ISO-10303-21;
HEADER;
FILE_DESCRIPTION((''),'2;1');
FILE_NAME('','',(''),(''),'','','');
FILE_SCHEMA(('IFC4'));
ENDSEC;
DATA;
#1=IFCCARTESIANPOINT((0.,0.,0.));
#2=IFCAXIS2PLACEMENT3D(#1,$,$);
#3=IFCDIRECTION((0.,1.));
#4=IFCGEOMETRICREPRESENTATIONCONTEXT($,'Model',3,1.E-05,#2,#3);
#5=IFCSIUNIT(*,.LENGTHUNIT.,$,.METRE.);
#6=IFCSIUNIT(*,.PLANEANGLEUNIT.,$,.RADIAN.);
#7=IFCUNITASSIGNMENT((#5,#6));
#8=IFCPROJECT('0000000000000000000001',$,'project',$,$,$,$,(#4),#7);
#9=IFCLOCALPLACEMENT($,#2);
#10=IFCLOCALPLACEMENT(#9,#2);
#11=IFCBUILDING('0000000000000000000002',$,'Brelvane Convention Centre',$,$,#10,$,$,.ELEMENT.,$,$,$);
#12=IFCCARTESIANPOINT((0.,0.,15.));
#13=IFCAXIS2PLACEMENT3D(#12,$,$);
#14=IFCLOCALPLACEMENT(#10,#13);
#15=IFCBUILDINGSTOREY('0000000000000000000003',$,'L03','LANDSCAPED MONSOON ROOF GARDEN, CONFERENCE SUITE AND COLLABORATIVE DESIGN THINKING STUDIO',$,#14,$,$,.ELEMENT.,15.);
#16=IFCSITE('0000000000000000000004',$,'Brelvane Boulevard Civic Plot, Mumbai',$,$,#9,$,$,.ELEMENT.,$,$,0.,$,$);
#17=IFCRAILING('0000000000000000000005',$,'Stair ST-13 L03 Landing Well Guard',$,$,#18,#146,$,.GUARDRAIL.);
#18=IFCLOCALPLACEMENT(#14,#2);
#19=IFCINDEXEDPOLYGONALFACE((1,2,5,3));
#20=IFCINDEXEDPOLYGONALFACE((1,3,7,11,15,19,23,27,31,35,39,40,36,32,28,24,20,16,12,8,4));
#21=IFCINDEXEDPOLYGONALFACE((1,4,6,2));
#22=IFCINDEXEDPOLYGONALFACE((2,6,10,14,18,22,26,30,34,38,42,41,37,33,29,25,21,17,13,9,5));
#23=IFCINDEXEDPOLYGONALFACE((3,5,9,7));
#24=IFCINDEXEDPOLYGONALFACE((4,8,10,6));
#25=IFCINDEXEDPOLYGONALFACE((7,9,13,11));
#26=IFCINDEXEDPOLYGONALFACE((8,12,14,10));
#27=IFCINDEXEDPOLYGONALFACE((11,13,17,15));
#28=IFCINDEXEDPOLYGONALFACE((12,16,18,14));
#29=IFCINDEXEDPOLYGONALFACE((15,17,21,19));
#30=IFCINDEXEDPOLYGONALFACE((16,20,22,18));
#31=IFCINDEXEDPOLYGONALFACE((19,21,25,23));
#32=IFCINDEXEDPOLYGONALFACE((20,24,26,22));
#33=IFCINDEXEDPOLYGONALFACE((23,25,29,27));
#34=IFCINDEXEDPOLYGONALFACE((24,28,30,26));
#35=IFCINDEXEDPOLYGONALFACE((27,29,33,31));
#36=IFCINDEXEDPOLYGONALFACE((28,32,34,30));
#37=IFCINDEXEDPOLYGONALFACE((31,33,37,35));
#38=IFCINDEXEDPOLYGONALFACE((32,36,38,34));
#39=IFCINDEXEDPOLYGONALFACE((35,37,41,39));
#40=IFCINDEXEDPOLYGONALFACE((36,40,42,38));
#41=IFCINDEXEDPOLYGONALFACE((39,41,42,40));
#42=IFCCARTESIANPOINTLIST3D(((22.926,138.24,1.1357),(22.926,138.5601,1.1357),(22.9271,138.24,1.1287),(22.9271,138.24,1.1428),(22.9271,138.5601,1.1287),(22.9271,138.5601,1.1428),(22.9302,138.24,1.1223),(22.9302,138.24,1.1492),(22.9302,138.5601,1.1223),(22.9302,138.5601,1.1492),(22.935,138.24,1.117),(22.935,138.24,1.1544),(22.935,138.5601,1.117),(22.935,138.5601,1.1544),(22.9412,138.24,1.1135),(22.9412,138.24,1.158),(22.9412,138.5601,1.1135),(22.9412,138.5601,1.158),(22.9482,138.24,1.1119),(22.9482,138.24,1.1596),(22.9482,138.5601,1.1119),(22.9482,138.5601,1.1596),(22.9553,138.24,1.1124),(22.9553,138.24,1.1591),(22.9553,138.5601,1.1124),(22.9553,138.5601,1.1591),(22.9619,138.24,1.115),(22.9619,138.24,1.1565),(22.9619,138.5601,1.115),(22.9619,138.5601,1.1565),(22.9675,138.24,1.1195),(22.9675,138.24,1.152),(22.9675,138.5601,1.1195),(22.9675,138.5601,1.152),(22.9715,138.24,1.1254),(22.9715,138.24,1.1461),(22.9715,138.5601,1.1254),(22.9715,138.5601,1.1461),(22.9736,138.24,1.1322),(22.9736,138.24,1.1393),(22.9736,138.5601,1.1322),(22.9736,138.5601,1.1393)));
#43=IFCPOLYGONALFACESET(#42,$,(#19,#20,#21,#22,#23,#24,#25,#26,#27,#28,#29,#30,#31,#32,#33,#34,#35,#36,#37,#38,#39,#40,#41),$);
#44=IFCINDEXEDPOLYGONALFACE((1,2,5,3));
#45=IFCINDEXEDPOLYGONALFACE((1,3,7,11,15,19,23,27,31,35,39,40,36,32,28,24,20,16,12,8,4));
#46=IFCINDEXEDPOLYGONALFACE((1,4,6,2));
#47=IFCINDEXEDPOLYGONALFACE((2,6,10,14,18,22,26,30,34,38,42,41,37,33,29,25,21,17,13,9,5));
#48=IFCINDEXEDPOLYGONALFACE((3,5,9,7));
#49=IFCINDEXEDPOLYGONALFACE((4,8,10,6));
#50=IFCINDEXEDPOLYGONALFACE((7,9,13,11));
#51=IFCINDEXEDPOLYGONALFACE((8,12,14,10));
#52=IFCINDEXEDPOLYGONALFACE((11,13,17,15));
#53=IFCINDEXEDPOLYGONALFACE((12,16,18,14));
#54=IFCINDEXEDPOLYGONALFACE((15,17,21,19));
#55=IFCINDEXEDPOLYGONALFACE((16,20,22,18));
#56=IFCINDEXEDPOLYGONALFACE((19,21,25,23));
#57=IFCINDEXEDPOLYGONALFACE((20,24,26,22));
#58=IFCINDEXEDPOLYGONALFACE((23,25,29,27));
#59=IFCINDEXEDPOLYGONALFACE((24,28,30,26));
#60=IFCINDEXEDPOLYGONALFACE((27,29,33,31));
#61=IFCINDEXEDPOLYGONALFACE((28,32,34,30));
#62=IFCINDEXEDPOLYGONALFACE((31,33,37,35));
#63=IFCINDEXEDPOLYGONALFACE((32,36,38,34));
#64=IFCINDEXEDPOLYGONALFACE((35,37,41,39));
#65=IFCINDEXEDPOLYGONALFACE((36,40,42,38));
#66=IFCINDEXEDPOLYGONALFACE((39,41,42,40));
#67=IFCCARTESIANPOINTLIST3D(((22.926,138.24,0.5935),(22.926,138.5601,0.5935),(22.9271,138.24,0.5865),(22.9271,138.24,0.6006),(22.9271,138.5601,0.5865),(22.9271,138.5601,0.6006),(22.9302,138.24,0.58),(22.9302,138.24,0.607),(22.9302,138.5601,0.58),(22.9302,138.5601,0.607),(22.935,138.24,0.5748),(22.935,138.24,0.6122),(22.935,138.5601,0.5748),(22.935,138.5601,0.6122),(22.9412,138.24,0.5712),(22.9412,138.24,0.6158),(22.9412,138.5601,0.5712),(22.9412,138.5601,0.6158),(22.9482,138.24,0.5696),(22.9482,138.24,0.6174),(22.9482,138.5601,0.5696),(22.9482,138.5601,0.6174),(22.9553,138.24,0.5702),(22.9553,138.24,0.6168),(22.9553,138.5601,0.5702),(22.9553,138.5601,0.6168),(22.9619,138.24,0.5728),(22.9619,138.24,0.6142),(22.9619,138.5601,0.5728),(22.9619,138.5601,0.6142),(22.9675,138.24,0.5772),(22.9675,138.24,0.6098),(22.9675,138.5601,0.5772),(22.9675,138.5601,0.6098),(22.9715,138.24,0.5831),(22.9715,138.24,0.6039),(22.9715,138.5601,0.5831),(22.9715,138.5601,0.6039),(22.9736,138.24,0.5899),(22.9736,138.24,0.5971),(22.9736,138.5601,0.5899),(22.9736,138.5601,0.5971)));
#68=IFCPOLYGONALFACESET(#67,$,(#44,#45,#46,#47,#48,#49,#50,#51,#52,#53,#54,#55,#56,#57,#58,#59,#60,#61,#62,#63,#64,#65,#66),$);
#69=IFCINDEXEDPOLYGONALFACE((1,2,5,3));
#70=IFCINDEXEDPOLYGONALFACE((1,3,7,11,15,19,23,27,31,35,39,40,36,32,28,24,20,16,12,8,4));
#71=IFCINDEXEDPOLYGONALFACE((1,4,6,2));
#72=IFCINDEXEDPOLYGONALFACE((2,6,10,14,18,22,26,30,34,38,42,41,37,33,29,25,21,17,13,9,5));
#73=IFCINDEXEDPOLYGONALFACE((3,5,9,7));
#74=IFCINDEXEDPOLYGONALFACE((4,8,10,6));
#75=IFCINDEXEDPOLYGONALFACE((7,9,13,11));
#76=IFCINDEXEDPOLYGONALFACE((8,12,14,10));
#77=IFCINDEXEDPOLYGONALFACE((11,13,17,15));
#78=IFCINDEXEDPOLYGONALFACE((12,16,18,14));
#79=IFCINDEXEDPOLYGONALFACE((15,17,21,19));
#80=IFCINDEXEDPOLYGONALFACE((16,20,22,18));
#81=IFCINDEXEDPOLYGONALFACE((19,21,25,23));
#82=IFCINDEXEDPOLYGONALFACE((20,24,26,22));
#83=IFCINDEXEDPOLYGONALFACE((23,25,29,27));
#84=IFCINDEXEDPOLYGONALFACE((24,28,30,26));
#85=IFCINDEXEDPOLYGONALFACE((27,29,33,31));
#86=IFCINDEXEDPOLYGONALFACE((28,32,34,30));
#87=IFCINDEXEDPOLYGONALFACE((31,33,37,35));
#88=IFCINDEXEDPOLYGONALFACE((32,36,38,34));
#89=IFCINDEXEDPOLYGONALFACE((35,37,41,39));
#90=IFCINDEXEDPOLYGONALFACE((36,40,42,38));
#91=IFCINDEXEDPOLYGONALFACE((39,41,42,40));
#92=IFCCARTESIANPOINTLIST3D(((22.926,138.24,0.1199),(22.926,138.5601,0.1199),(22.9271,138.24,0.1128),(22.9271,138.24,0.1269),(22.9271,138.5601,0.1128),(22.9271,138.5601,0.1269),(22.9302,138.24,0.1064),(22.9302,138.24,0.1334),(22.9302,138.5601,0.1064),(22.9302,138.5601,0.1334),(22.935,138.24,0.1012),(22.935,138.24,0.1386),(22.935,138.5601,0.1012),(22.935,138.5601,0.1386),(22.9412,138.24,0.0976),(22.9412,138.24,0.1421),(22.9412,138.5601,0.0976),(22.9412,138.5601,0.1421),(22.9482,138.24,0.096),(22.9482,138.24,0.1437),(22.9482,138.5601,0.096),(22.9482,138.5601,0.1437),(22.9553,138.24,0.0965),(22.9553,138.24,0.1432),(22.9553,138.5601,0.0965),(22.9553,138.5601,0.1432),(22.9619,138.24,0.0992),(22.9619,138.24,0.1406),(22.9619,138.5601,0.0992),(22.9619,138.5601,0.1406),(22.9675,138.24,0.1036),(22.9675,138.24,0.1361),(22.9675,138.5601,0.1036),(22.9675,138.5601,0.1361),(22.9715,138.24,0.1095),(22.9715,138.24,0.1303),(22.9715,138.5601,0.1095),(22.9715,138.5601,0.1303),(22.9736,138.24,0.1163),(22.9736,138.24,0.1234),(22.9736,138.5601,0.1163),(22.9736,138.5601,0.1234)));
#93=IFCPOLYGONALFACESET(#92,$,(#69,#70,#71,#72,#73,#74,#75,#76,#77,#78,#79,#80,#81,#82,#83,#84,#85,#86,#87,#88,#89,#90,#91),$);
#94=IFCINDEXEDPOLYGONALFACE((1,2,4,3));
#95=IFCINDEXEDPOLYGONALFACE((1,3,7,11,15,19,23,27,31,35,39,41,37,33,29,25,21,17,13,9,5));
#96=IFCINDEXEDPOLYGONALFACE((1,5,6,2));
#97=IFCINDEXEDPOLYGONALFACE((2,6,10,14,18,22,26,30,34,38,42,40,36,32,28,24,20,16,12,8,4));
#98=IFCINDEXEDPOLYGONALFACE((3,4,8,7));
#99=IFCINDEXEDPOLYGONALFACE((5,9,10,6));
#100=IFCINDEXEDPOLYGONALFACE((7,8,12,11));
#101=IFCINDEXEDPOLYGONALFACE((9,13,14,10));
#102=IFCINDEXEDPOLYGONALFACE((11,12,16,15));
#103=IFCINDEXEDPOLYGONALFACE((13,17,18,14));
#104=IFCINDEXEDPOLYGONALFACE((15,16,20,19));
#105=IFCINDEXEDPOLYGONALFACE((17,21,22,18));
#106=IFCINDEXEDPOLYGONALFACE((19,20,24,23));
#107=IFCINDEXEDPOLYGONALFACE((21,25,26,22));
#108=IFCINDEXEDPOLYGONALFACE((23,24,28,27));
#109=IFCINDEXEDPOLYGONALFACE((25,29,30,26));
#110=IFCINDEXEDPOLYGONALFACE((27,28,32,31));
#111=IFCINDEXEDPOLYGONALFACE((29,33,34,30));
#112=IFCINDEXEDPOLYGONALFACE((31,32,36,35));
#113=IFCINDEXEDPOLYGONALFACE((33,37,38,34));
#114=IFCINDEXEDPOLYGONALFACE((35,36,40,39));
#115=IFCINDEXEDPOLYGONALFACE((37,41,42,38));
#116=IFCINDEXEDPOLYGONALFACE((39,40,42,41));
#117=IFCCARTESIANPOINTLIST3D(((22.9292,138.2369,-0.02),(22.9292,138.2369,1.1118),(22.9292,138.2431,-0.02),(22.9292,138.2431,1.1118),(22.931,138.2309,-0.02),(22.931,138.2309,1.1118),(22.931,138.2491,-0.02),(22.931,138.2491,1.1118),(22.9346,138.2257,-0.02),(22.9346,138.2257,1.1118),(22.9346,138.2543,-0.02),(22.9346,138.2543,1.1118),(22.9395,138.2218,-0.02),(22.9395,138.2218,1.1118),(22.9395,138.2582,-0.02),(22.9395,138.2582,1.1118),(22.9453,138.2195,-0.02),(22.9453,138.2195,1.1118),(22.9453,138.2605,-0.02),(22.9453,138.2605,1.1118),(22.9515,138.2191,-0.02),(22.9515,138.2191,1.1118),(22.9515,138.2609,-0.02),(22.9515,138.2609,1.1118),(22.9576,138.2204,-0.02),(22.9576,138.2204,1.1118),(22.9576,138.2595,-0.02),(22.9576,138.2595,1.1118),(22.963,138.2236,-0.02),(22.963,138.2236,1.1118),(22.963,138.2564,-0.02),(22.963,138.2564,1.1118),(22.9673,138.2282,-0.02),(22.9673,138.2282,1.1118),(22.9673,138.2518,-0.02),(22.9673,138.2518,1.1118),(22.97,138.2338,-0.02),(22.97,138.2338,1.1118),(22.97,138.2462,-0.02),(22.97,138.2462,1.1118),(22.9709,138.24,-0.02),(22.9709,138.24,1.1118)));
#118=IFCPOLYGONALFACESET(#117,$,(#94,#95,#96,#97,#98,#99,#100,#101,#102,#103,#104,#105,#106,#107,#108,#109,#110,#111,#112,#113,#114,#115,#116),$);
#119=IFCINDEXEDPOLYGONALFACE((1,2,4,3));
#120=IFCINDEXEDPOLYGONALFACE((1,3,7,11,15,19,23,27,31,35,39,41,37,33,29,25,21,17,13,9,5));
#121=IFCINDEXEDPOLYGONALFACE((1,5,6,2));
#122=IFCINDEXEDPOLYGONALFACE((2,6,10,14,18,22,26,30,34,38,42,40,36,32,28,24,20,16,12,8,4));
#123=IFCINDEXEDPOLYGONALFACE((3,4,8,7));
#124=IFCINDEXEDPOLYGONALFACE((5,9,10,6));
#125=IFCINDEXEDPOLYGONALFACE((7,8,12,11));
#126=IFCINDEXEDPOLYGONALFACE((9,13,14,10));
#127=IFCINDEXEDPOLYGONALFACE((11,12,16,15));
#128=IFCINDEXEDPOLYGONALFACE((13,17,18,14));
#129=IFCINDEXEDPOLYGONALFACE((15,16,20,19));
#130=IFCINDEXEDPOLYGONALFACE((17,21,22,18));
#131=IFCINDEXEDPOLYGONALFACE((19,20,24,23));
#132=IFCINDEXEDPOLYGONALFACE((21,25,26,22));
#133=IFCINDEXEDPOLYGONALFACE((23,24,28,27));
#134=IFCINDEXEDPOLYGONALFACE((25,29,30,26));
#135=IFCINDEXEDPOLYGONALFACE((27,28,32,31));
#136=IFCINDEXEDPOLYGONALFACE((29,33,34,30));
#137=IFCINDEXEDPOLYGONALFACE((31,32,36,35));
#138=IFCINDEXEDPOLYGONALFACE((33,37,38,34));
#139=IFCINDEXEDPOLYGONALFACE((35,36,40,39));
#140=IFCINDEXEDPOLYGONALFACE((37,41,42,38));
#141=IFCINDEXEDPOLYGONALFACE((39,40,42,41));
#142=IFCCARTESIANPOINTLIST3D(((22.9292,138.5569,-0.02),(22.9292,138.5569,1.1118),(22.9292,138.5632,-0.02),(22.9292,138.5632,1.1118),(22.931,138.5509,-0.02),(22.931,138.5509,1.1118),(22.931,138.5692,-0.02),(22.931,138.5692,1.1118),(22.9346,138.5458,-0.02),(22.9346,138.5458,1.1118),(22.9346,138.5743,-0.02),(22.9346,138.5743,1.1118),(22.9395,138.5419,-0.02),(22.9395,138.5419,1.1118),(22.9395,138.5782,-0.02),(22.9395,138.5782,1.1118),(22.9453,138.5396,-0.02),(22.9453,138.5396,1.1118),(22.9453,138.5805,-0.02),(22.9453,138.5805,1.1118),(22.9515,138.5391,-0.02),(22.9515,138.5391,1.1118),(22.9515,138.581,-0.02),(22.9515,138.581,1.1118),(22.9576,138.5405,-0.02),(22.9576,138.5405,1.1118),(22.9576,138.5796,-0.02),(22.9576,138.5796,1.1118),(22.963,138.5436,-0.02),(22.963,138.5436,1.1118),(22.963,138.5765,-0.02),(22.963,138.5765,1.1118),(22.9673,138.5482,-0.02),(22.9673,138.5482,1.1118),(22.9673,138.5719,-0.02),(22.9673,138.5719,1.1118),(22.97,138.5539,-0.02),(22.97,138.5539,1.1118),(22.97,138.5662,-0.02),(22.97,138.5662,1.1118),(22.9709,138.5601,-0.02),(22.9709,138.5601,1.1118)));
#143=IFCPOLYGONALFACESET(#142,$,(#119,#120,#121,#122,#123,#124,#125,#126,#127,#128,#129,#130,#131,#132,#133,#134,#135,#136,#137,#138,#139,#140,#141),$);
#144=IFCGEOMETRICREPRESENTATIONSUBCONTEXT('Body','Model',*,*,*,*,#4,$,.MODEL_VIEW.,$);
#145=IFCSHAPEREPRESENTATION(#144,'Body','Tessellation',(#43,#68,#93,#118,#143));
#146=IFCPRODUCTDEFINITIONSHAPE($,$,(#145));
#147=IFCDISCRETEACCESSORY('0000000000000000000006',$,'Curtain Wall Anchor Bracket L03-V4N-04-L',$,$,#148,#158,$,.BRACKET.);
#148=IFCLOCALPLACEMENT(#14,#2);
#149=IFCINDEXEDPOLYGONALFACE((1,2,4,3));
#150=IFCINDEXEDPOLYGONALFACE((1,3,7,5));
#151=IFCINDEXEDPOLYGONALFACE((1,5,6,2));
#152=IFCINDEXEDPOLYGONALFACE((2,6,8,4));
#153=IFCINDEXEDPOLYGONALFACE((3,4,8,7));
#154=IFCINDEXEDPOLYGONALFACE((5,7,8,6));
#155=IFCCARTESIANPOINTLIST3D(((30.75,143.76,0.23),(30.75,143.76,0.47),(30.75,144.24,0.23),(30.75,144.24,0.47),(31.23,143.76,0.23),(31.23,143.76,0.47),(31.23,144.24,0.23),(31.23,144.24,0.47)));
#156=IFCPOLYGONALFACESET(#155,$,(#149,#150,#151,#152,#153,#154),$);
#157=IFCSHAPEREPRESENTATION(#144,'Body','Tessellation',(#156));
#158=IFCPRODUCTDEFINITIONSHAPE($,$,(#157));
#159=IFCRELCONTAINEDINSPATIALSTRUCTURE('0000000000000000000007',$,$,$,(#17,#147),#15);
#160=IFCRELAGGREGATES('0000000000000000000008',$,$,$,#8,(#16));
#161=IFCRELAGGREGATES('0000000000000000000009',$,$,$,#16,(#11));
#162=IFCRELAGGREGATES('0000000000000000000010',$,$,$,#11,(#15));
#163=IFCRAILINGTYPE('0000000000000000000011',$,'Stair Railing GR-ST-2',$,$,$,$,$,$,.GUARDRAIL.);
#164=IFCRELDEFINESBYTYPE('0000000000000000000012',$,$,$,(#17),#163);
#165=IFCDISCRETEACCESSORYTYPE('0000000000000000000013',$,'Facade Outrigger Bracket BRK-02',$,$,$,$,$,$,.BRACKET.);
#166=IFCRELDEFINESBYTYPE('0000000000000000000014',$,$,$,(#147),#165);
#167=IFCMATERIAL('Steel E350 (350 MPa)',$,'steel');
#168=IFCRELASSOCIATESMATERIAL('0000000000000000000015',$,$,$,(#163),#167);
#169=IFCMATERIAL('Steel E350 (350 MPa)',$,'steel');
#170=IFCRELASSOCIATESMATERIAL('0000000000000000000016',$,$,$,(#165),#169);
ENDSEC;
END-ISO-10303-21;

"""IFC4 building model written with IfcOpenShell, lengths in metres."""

from ifc_helpers import new_model, si_unit, direction, frame, origin, origin_2d, place, context, subcontext, project, spatial, rectangle, circle, extrude, material, type_object, element, save


model = new_model("IFC4")

# Units and contexts
model_context = context("Model", 3, precision=1e-05, world=origin(), true_north=direction((0.0, 1.0)))
body_context = subcontext(model_context, "Body", "Model", "MODEL_VIEW")
ifc_project = project(units=[si_unit("LENGTHUNIT", "METRE"), si_unit("PLANEANGLEUNIT", "RADIAN")], contexts=[model_context])

# Site, building, storey
site_placement = place(None, origin())
site = spatial("IfcSite", under=ifc_project, at=site_placement, Name="Brelvane Boulevard Civic Plot, Mumbai", CompositionType="ELEMENT", RefElevation=0.0)
building_placement = place(site_placement, origin())
building = spatial("IfcBuilding", under=site, at=building_placement, Name="Brelvane Convention Centre", CompositionType="ELEMENT")
storey_placement = place(building_placement, frame((0.0, 0.0, 15.0)))
storey = spatial("IfcBuildingStorey", under=building, at=storey_placement, Name="L03", Description="LANDSCAPED MONSOON ROOF GARDEN, CONFERENCE SUITE AND COLLABORATIVE DESIGN THINKING STUDIO", CompositionType="ELEMENT", Elevation=15.0)

# Railing
ifc_material_1 = material(Name="Steel E350 (350 MPa)", Category="steel")
railing_type_1 = type_object("IfcRailingType", Name="Stair Railing GR-ST-2", PredefinedType="GUARDRAIL", material=ifc_material_1)
railing_1_placement = place(storey_placement, frame((22.95, 138.24, -0.02)))
element("IfcRailing", 1, at=railing_1_placement, inside=storey, type_object=railing_type_1, Name="Stair ST-13 L03 Landing Well Guard", PredefinedType="GUARDRAIL", context=body_context, shape_type="SweptSolid", body=[
    extrude(circle(Radius=0.0239, at=origin_2d()), frame((0.0, 0.0, 1.1558), z_axis=(0.0, 1.0, 0.0), x_axis=(-1.0, 0.0, 0.0)), (0.0, 0.0, 1.0), 0.3201),
    extrude(circle(Radius=0.0239, at=origin_2d()), frame((0.0, 0.0, 0.6135), z_axis=(0.0, 1.0, 0.0), x_axis=(-1.0, 0.0, 0.0)), (0.0, 0.0, 1.0), 0.3201),
    extrude(circle(Radius=0.0239, at=origin_2d()), frame((0.0, 0.0, 0.1399), z_axis=(0.0, 1.0, 0.0), x_axis=(-1.0, 0.0, 0.0)), (0.0, 0.0, 1.0), 0.3201),
    extrude(circle(Radius=0.021, at=origin_2d()), origin(), (0.0, 0.0, 1.0), 1.1318),
    extrude(circle(Radius=0.021, at=origin_2d()), frame((0.0, 0.3201, 0.0)), (0.0, 0.0, 1.0), 1.1318),
])

# Discrete accessory
ifc_material_2 = material(Name="Steel E350 (350 MPa)", Category="steel")
discrete_accessory_type = type_object("IfcDiscreteAccessoryType", Name="Facade Outrigger Bracket BRK-02", PredefinedType="BRACKET", material=ifc_material_2)
discrete_accessory_placement = place(storey_placement, frame((30.99, 144.0, 0.23), z_axis=(0.0, 0.0, 1.0), x_axis=(1.0, 0.0, 0.0)))
element("IfcDiscreteAccessory", 2, at=discrete_accessory_placement, inside=storey, type_object=discrete_accessory_type, Name="Curtain Wall Anchor Bracket L03-V4N-04-L", PredefinedType="BRACKET", context=body_context, shape_type="SweptSolid", body=[
    extrude(rectangle(XDim=0.48, YDim=0.48, at=origin_2d()), origin(), (0.0, 0.0, 1.0), 0.24),
])

save(model, "model.ifc")
